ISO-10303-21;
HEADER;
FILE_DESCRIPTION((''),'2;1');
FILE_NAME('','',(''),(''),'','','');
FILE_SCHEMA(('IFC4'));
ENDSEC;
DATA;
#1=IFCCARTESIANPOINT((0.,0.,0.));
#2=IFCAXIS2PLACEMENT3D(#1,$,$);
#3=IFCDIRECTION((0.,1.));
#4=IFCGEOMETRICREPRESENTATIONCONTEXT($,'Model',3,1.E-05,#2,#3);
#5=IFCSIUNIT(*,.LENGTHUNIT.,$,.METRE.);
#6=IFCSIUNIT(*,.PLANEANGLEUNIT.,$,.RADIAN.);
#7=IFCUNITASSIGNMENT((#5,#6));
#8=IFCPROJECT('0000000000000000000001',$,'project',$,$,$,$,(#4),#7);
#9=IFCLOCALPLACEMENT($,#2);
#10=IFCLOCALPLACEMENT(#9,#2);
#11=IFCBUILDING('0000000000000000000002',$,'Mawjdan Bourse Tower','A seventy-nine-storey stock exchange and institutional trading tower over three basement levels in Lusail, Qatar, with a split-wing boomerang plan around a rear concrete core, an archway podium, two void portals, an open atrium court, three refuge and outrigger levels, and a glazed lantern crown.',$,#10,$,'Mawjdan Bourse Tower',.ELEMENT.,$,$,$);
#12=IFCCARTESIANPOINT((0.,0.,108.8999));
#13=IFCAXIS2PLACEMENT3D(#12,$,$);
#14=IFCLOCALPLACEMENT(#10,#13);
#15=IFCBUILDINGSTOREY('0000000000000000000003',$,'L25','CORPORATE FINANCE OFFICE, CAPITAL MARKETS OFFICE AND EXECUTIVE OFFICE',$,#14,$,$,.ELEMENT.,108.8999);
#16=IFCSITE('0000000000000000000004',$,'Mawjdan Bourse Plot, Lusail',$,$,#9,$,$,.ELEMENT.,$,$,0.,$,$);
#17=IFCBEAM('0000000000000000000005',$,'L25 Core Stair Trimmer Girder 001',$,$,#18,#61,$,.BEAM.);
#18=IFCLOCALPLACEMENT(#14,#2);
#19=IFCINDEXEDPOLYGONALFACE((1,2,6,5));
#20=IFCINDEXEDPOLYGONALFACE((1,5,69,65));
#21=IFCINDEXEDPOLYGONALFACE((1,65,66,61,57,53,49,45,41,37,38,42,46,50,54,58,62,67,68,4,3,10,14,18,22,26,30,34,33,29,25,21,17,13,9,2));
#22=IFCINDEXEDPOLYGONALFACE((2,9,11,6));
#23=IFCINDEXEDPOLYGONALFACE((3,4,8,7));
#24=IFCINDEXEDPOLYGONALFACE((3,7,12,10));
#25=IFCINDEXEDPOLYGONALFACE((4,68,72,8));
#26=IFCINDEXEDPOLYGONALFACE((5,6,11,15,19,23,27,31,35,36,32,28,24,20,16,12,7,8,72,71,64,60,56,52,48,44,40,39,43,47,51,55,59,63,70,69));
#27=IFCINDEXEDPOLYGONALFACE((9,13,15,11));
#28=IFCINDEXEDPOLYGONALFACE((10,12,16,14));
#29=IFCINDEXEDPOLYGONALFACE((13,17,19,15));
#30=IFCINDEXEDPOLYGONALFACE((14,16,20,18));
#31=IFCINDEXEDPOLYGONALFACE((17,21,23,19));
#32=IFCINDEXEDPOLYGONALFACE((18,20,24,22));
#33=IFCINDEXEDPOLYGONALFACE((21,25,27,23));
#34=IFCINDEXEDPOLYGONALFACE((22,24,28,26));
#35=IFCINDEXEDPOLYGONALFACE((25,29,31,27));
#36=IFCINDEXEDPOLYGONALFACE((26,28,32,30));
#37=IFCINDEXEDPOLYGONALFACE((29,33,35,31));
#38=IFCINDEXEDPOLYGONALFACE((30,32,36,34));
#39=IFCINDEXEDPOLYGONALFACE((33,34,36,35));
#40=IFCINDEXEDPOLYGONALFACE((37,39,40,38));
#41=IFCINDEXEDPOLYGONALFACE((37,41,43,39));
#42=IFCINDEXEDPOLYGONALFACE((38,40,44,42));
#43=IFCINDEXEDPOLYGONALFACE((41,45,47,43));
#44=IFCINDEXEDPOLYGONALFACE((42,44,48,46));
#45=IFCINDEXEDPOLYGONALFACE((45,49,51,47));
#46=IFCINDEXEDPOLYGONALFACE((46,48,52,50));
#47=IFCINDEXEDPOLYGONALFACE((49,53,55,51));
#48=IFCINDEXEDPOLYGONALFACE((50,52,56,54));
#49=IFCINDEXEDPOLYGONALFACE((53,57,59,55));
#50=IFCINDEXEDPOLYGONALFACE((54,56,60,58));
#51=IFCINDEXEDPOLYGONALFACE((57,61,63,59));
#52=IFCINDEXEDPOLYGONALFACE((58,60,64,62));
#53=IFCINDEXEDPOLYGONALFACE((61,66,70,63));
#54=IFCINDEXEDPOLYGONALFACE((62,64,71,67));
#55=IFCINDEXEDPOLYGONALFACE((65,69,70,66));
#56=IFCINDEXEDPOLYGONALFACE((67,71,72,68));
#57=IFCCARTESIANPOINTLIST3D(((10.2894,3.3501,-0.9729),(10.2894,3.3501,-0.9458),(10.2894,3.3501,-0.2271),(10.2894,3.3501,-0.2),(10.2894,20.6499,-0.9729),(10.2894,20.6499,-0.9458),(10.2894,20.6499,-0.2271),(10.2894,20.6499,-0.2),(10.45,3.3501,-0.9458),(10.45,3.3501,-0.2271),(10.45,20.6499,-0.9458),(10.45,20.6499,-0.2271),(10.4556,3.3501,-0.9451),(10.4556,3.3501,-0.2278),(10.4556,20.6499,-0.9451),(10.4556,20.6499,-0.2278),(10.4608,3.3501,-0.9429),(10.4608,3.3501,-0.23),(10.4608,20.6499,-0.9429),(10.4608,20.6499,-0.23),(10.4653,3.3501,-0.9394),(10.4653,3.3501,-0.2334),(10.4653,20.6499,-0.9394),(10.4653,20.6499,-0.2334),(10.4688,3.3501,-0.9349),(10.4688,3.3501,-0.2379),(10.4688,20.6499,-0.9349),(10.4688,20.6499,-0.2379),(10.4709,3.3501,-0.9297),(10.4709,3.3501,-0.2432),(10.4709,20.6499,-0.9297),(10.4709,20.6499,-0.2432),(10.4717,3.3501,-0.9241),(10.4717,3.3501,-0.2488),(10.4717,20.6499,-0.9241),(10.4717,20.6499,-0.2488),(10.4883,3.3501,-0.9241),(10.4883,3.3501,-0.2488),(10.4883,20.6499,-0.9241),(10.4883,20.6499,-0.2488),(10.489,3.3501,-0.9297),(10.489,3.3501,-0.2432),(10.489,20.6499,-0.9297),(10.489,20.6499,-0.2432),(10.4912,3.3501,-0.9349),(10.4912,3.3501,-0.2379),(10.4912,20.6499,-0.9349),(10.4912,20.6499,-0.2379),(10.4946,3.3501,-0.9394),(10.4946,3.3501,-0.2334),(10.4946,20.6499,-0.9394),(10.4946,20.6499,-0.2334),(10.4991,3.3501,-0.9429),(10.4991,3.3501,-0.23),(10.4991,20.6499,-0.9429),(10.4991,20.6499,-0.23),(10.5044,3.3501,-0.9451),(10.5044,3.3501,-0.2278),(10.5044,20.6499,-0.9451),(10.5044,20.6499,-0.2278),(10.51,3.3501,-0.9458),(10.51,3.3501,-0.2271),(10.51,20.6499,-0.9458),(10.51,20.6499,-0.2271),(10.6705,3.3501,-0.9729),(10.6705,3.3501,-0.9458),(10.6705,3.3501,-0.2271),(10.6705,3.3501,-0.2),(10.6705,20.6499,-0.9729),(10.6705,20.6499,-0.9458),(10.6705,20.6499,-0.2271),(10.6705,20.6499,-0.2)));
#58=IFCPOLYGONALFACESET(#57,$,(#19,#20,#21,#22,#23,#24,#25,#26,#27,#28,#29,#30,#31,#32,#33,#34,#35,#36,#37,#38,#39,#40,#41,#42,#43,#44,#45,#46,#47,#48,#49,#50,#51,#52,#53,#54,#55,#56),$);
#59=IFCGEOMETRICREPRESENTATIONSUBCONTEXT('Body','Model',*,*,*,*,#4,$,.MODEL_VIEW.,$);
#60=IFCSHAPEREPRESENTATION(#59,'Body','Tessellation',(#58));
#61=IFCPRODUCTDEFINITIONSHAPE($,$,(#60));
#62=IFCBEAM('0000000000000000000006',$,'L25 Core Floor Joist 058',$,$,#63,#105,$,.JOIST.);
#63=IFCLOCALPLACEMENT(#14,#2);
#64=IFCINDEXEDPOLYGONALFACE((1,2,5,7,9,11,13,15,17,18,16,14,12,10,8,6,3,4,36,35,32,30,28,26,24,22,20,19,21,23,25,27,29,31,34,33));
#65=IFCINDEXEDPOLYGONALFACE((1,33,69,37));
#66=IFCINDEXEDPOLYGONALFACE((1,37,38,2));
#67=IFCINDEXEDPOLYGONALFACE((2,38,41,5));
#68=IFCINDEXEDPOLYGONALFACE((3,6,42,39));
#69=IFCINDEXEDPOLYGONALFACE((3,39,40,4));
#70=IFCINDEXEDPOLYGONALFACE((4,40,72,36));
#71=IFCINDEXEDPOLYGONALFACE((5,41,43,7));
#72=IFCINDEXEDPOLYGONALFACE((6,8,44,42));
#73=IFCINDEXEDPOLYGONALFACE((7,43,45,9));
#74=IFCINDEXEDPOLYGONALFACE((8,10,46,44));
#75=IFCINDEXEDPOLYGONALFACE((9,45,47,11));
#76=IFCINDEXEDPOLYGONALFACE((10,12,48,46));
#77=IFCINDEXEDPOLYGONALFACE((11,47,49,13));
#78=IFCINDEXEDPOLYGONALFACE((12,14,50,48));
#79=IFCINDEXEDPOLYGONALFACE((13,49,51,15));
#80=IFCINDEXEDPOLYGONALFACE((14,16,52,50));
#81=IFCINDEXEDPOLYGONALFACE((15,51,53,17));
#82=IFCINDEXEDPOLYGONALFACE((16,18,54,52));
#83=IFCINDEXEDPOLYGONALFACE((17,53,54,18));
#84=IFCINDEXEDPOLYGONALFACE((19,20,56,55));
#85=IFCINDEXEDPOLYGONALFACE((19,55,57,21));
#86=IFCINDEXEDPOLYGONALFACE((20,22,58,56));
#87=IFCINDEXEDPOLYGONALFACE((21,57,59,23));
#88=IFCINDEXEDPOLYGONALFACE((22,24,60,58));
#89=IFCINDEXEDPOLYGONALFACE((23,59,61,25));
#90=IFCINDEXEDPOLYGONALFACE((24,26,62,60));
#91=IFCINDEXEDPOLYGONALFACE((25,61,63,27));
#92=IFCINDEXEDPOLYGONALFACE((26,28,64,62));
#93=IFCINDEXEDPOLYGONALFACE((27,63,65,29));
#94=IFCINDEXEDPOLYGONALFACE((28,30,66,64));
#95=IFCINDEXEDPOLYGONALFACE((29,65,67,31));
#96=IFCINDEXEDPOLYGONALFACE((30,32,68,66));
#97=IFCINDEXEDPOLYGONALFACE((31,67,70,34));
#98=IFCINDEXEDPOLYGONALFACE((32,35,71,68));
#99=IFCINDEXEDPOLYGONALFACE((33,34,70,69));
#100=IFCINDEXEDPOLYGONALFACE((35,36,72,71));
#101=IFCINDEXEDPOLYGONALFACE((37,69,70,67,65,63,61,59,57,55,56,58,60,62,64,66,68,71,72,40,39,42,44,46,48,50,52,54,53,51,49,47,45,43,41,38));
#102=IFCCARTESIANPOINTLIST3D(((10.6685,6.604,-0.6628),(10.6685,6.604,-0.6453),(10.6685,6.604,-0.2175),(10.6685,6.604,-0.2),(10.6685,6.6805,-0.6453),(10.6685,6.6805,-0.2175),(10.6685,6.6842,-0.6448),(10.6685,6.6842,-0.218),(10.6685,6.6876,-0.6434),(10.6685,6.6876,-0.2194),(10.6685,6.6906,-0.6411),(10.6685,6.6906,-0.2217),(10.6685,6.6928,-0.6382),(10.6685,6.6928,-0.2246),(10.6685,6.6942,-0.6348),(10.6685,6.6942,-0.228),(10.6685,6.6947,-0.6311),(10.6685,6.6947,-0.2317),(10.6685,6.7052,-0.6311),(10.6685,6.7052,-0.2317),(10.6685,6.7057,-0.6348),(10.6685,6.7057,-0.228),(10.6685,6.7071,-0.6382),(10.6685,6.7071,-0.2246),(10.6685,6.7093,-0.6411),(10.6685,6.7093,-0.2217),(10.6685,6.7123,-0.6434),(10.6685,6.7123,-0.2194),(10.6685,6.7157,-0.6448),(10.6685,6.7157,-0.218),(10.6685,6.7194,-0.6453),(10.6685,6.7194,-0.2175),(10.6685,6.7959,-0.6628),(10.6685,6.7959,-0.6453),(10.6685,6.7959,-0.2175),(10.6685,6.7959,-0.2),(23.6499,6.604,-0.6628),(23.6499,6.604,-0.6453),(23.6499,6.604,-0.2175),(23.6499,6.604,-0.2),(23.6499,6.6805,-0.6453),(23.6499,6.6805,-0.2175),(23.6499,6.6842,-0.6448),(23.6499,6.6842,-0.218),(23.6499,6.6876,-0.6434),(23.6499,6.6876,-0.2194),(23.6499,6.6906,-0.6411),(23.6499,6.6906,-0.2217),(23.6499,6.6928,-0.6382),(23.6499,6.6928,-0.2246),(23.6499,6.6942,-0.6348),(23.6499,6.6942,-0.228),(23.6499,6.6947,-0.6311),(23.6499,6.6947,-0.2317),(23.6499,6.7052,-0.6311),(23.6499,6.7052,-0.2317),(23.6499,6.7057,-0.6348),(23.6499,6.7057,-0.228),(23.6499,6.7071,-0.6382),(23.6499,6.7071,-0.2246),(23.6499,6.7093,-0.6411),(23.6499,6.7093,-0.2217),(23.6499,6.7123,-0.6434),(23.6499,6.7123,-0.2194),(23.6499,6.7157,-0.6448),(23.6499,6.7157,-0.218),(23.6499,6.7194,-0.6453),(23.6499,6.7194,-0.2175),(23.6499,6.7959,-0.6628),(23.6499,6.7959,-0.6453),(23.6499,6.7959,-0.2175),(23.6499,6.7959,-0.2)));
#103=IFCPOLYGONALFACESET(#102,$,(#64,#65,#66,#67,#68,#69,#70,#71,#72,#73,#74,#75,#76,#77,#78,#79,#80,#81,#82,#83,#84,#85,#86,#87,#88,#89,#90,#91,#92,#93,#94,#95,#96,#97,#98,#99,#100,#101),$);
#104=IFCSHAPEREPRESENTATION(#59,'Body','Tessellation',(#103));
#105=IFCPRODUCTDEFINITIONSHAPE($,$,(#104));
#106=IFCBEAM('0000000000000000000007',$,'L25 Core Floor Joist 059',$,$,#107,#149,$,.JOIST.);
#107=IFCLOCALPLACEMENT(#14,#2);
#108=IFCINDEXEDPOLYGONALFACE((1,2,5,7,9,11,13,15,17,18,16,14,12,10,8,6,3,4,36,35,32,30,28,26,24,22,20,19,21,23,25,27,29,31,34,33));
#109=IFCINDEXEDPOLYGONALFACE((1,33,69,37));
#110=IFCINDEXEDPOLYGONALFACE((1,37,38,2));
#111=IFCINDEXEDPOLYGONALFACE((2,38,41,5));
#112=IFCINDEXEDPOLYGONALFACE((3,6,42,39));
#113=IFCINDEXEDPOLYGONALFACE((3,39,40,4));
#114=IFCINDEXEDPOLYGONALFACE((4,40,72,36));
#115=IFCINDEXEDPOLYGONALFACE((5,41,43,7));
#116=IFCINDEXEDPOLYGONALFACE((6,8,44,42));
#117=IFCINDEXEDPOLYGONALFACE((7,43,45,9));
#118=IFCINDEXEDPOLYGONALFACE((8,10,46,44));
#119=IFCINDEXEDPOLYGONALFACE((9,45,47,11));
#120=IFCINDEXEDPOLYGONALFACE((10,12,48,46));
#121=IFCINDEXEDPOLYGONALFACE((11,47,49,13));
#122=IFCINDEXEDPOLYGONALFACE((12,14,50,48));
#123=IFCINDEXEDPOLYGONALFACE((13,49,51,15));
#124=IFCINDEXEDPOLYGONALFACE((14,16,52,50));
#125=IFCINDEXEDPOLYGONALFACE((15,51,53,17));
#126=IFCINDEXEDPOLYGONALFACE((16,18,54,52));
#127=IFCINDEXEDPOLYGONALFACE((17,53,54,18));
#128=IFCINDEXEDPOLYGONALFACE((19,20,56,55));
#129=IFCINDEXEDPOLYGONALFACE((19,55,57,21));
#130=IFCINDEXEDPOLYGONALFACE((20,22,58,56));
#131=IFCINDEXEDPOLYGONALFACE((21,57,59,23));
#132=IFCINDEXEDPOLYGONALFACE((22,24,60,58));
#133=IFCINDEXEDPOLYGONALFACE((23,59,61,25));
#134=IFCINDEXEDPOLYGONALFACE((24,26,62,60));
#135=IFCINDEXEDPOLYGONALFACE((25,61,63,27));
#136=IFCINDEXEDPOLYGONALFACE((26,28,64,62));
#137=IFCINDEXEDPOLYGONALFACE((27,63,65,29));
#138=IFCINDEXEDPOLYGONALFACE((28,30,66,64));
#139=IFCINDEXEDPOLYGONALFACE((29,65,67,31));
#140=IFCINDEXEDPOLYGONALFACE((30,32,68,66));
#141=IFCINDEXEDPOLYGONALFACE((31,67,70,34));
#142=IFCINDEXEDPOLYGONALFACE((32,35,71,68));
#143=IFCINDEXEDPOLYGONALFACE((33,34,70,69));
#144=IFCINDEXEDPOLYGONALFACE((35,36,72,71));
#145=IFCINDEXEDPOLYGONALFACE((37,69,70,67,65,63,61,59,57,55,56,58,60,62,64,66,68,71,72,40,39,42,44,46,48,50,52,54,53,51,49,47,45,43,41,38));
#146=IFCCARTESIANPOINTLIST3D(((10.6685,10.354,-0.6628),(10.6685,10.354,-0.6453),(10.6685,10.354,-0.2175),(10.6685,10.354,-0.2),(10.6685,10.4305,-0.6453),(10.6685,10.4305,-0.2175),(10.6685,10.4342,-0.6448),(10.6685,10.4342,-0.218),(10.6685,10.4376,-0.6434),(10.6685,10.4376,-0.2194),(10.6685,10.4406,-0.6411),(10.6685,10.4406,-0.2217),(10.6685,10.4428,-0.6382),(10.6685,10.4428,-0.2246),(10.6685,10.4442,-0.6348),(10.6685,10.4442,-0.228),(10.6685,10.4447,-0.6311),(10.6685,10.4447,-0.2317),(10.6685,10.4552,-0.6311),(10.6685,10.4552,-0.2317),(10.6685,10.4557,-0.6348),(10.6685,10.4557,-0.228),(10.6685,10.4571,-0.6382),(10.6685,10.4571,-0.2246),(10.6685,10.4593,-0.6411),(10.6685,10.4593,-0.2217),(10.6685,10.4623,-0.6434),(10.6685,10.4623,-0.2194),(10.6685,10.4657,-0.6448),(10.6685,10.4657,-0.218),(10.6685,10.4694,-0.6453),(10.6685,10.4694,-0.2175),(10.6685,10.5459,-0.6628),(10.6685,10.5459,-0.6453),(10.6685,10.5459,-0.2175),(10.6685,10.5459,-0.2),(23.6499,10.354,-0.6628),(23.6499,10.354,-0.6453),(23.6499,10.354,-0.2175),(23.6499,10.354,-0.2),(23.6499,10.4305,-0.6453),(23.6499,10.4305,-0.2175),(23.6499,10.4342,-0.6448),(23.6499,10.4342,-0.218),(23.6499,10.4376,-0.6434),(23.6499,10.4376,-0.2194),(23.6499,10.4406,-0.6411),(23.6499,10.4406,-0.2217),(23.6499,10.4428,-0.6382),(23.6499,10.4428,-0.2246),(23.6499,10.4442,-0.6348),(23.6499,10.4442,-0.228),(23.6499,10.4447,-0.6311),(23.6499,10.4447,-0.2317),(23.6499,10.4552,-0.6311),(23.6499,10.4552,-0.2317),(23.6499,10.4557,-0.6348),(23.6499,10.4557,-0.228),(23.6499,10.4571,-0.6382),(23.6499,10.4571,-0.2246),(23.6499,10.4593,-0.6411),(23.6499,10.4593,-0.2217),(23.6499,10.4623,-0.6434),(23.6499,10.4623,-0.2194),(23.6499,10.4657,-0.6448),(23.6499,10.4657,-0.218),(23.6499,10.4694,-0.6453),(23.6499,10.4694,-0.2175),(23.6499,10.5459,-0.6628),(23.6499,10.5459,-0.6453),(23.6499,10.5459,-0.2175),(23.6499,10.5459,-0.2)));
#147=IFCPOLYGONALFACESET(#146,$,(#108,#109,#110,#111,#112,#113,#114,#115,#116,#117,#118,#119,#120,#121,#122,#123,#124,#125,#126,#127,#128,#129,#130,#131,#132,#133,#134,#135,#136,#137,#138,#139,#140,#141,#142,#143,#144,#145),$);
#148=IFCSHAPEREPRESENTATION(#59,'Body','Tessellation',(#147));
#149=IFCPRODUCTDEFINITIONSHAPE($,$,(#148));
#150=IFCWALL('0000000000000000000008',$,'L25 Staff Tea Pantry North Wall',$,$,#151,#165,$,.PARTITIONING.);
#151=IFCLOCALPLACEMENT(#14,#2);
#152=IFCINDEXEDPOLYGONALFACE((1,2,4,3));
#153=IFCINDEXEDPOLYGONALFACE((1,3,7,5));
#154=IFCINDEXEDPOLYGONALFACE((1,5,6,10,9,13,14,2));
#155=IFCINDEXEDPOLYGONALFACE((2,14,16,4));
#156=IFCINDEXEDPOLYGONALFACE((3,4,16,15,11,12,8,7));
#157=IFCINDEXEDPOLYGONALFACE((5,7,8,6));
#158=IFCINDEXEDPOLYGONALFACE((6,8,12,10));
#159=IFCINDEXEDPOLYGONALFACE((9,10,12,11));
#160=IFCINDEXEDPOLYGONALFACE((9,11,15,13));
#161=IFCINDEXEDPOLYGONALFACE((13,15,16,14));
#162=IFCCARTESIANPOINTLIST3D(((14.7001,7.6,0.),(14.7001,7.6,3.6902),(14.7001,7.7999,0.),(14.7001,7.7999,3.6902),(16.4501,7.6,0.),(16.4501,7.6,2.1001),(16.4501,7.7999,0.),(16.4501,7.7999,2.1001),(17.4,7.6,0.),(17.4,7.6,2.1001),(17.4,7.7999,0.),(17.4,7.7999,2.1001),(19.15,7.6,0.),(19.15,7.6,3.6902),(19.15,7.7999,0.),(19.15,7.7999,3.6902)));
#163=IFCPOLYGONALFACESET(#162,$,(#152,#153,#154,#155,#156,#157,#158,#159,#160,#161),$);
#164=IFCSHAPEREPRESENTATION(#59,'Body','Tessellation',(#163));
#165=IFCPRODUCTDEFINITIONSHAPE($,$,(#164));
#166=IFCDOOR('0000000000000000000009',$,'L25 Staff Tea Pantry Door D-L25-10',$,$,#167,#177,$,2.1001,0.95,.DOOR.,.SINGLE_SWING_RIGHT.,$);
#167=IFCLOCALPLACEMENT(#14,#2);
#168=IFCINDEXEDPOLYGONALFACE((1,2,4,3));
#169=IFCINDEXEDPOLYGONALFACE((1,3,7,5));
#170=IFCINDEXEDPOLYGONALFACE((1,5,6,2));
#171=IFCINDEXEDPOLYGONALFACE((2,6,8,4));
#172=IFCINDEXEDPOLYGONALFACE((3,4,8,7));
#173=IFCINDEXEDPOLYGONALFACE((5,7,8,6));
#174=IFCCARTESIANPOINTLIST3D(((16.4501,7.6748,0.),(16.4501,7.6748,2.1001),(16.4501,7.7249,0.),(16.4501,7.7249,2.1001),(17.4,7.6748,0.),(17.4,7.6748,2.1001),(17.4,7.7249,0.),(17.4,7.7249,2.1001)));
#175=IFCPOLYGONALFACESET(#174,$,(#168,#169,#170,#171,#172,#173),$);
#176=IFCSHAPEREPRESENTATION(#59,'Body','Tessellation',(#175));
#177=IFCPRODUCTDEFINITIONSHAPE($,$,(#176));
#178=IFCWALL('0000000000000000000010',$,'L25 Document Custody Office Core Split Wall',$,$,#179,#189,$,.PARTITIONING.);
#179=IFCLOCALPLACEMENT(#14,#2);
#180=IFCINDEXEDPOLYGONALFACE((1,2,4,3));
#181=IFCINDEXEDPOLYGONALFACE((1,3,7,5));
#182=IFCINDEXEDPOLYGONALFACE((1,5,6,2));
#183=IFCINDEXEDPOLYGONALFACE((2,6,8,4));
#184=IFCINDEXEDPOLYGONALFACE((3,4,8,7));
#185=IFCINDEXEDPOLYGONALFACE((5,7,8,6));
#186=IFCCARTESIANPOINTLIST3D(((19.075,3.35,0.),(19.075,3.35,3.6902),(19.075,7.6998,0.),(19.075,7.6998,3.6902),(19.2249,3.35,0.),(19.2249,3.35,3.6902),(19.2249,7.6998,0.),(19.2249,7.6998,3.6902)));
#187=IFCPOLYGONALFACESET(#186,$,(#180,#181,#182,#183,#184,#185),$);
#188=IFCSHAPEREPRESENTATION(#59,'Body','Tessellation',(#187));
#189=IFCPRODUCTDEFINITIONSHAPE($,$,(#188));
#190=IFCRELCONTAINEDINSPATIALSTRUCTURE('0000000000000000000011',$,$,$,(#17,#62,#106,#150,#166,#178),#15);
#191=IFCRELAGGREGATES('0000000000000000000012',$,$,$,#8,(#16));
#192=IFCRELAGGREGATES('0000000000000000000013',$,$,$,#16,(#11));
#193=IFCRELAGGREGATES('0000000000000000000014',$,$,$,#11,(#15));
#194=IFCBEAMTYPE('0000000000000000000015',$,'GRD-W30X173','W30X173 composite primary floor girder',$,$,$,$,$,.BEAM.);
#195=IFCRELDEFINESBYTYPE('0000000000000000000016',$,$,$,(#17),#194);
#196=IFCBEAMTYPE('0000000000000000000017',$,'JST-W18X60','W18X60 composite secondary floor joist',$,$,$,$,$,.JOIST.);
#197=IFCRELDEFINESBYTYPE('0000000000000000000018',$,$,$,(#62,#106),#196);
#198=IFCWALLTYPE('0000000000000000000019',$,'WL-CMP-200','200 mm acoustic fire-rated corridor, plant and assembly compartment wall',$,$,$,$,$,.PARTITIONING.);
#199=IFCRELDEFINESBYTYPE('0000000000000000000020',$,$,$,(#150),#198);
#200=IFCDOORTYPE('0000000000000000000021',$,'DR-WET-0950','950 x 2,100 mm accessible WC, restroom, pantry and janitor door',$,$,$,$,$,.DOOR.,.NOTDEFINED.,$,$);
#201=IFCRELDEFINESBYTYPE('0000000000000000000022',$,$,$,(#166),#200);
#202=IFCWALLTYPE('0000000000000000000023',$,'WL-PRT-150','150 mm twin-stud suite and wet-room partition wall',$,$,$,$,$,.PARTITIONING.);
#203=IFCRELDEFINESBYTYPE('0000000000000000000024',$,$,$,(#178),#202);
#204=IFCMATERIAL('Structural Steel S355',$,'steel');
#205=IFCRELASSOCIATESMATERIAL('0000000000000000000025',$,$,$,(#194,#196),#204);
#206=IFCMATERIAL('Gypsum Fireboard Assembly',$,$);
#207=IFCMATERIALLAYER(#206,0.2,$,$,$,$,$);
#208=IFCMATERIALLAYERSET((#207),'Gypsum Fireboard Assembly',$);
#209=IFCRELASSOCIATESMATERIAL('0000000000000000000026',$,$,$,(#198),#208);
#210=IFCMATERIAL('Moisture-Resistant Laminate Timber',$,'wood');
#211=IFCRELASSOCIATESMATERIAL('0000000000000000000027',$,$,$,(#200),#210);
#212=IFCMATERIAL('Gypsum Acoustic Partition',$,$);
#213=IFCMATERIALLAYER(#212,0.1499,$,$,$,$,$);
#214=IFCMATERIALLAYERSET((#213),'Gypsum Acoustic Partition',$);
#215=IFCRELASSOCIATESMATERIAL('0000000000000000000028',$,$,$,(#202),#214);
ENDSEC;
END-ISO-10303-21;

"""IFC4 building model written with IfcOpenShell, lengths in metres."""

from ifc_helpers import new_model, si_unit, direction, frame, frame_2d, origin, origin_2d, place, context, subcontext, project, spatial, rectangle, i_section, extrude, material, layer, layer_set, material_profile, profile_set, type_object, element, fill, save


model = new_model("IFC4")

# Units and contexts
model_context = context("Model", 3, precision=1e-05, world=origin(), true_north=direction((0.0, 1.0)))
body_context = subcontext(model_context, "Body", "Model", "MODEL_VIEW")
ifc_project = project(units=[si_unit("LENGTHUNIT", "METRE"), si_unit("PLANEANGLEUNIT", "RADIAN")], contexts=[model_context])

# Site, building, storey
site_placement = place(None, origin())
site = spatial("IfcSite", under=ifc_project, at=site_placement, Name="Mawjdan Bourse Plot, Lusail", CompositionType="ELEMENT", RefElevation=0.0)
building_placement = place(site_placement, origin())
building = spatial("IfcBuilding", under=site, at=building_placement, Name="Mawjdan Bourse Tower", Description="A seventy-nine-storey stock exchange and institutional trading tower over three basement levels in Lusail, Qatar, with a split-wing boomerang plan around a rear concrete core, an archway podium, two void portals, an open atrium court, three refuge and outrigger levels, and a glazed lantern crown.", LongName="Mawjdan Bourse Tower", CompositionType="ELEMENT")
storey_placement = place(building_placement, frame((0.0, 0.0, 108.8999)))
storey = spatial("IfcBuildingStorey", under=building, at=storey_placement, Name="L25", Description="CORPORATE FINANCE OFFICE, CAPITAL MARKETS OFFICE AND EXECUTIVE OFFICE", CompositionType="ELEMENT", Elevation=108.8999)

# Beams
ifc_material_1 = material(Name="Structural Steel S355", Category="steel")
ifc_material_profile_1 = material_profile(ifc_material_1, i_section(OverallWidth=0.3811, OverallDepth=0.7729, WebThickness=0.0166, FlangeThickness=0.0271, FilletRadius=0.0217, at=origin_2d()), Name="W30X173")
ifc_profile_set_1 = profile_set([ifc_material_profile_1], Name="Structural Steel S355")
beam_type_1 = type_object("IfcBeamType", Name="GRD-W30X173", Description="W30X173 composite primary floor girder", PredefinedType="BEAM", material=ifc_profile_set_1)
beam_placement = place(storey_placement, frame((10.48, 3.3501, -0.5864), z_axis=(0.0, 1.0, 0.0), x_axis=(-1.0, 0.0, 0.0)))
element("IfcBeam", 1, at=beam_placement, inside=storey, type_object=beam_type_1, Name="L25 Core Stair Trimmer Girder 001", PredefinedType="BEAM", context=body_context, shape_type="SweptSolid", body=[
    extrude(i_section(OverallWidth=0.3811, OverallDepth=0.7729, WebThickness=0.0166, FlangeThickness=0.0271, FilletRadius=0.0217, at=origin_2d()), origin(), (0.0, 0.0, 1.0), 17.2998),
])
ifc_material_profile_2 = material_profile(ifc_material_1, i_section(OverallWidth=0.1919, OverallDepth=0.4629, WebThickness=0.0105, FlangeThickness=0.0176, FilletRadius=0.0142, at=origin_2d()), Name="W18X60")
ifc_profile_set_2 = profile_set([ifc_material_profile_2], Name="Structural Steel S355")
beam_type_2 = type_object("IfcBeamType", Name="JST-W18X60", Description="W18X60 composite secondary floor joist", PredefinedType="JOIST", material=ifc_profile_set_2)
for number, where, z_axis, x_axis, name in (
    (2, (10.6685, 6.7, -0.4314), (1.0, 0.0, 0.0), (0.0, 1.0, 0.0), "L25 Core Floor Joist 058"),
    (3, (10.6685, 10.45, -0.4314), (1.0, 0.0, 0.0), (0.0, 1.0, 0.0), "L25 Core Floor Joist 059"),
):
    element("IfcBeam", number, at=place(storey_placement, frame(where, z_axis=z_axis, x_axis=x_axis)), inside=storey, type_object=beam_type_2, Name=name, PredefinedType="JOIST", context=body_context, shape_type="SweptSolid", body=[
        extrude(i_section(OverallWidth=0.1919, OverallDepth=0.4629, WebThickness=0.0105, FlangeThickness=0.0176, FilletRadius=0.0142, at=origin_2d()), origin(), (0.0, 0.0, 1.0), 12.9814),
    ])

# Wall, opening, door
ifc_material_2 = material(Name="Gypsum Fireboard Assembly")
ifc_layer_1 = layer(ifc_material_2, 0.2)
ifc_layer_set_1 = layer_set([ifc_layer_1], Name="Gypsum Fireboard Assembly")
wall_type_1 = type_object("IfcWallType", Name="WL-CMP-200", Description="200 mm acoustic fire-rated corridor, plant and assembly compartment wall", PredefinedType="PARTITIONING", material=ifc_layer_set_1)
wall_1_placement = place(storey_placement, frame((14.7, 7.7, 0.0), z_axis=(0.0, 0.0, 1.0), x_axis=(1.0, 0.0, 0.0)))
wall_1 = element("IfcWall", 4, at=wall_1_placement, inside=storey, type_object=wall_type_1, Name="L25 Staff Tea Pantry North Wall", PredefinedType="PARTITIONING", context=body_context, shape_type="SweptSolid", body=[
    extrude(rectangle(XDim=4.45, YDim=0.2, at=frame_2d((2.2251, 0.0))), origin(), (0.0, 0.0, 1.0), 3.6902),
])
opening_1_placement = place(wall_1_placement, frame((1.75, 0.0, 0.0)))
opening_1 = element("IfcOpeningElement", 5, at=opening_1_placement, cuts=wall_1, PredefinedType="OPENING", context=body_context, shape_type="SweptSolid", body=[
    extrude(rectangle(XDim=0.95, YDim=2.1001, at=frame_2d((0.4751, 1.05))), frame((0.0, 0.1099, 0.0), z_axis=(0.0, -1.0, 0.0), x_axis=(1.0, 0.0, 0.0)), (0.0, 0.0, 1.0), 0.22),
])
ifc_material_3 = material(Name="Moisture-Resistant Laminate Timber", Category="wood")
door_type_1 = type_object("IfcDoorType", Name="DR-WET-0950", Description="950 x 2,100 mm accessible WC, restroom, pantry and janitor door", OperationType="NOTDEFINED", PredefinedType="DOOR", material=ifc_material_3)
door_1_placement = place(opening_1_placement, origin())
door_1 = element("IfcDoor", 6, at=door_1_placement, inside=storey, type_object=door_type_1, Name="L25 Staff Tea Pantry Door D-L25-10", OperationType="SINGLE_SWING_RIGHT", OverallHeight=2.1001, OverallWidth=0.95, PredefinedType="DOOR", context=body_context, shape_type="SweptSolid", body=[
    extrude(rectangle(XDim=0.95, YDim=2.1001, at=frame_2d((0.4751, 1.05))), frame((0.0, 0.0249, 0.0), z_axis=(0.0, -1.0, 0.0), x_axis=(1.0, 0.0, 0.0)), (0.0, 0.0, 1.0), 0.05),
])
fill(opening_1, door_1)

# Wall
ifc_material_4 = material(Name="Gypsum Acoustic Partition")
ifc_layer_2 = layer(ifc_material_4, 0.1499)
ifc_layer_set_2 = layer_set([ifc_layer_2], Name="Gypsum Acoustic Partition")
wall_type_2 = type_object("IfcWallType", Name="WL-PRT-150", Description="150 mm twin-stud suite and wet-room partition wall", PredefinedType="PARTITIONING", material=ifc_layer_set_2)
wall_2_placement = place(storey_placement, frame((19.1499, 3.3501, 0.0), z_axis=(0.0, 0.0, 1.0), x_axis=(0.0, 1.0, 0.0)))
element("IfcWall", 7, at=wall_2_placement, inside=storey, type_object=wall_type_2, Name="L25 Document Custody Office Core Split Wall", PredefinedType="PARTITIONING", context=body_context, shape_type="SweptSolid", body=[
    extrude(rectangle(XDim=4.3499, YDim=0.1499, at=frame_2d((2.1748, 0.0))), origin(), (0.0, 0.0, 1.0), 3.6902),
])

save(model, "model.ifc")
